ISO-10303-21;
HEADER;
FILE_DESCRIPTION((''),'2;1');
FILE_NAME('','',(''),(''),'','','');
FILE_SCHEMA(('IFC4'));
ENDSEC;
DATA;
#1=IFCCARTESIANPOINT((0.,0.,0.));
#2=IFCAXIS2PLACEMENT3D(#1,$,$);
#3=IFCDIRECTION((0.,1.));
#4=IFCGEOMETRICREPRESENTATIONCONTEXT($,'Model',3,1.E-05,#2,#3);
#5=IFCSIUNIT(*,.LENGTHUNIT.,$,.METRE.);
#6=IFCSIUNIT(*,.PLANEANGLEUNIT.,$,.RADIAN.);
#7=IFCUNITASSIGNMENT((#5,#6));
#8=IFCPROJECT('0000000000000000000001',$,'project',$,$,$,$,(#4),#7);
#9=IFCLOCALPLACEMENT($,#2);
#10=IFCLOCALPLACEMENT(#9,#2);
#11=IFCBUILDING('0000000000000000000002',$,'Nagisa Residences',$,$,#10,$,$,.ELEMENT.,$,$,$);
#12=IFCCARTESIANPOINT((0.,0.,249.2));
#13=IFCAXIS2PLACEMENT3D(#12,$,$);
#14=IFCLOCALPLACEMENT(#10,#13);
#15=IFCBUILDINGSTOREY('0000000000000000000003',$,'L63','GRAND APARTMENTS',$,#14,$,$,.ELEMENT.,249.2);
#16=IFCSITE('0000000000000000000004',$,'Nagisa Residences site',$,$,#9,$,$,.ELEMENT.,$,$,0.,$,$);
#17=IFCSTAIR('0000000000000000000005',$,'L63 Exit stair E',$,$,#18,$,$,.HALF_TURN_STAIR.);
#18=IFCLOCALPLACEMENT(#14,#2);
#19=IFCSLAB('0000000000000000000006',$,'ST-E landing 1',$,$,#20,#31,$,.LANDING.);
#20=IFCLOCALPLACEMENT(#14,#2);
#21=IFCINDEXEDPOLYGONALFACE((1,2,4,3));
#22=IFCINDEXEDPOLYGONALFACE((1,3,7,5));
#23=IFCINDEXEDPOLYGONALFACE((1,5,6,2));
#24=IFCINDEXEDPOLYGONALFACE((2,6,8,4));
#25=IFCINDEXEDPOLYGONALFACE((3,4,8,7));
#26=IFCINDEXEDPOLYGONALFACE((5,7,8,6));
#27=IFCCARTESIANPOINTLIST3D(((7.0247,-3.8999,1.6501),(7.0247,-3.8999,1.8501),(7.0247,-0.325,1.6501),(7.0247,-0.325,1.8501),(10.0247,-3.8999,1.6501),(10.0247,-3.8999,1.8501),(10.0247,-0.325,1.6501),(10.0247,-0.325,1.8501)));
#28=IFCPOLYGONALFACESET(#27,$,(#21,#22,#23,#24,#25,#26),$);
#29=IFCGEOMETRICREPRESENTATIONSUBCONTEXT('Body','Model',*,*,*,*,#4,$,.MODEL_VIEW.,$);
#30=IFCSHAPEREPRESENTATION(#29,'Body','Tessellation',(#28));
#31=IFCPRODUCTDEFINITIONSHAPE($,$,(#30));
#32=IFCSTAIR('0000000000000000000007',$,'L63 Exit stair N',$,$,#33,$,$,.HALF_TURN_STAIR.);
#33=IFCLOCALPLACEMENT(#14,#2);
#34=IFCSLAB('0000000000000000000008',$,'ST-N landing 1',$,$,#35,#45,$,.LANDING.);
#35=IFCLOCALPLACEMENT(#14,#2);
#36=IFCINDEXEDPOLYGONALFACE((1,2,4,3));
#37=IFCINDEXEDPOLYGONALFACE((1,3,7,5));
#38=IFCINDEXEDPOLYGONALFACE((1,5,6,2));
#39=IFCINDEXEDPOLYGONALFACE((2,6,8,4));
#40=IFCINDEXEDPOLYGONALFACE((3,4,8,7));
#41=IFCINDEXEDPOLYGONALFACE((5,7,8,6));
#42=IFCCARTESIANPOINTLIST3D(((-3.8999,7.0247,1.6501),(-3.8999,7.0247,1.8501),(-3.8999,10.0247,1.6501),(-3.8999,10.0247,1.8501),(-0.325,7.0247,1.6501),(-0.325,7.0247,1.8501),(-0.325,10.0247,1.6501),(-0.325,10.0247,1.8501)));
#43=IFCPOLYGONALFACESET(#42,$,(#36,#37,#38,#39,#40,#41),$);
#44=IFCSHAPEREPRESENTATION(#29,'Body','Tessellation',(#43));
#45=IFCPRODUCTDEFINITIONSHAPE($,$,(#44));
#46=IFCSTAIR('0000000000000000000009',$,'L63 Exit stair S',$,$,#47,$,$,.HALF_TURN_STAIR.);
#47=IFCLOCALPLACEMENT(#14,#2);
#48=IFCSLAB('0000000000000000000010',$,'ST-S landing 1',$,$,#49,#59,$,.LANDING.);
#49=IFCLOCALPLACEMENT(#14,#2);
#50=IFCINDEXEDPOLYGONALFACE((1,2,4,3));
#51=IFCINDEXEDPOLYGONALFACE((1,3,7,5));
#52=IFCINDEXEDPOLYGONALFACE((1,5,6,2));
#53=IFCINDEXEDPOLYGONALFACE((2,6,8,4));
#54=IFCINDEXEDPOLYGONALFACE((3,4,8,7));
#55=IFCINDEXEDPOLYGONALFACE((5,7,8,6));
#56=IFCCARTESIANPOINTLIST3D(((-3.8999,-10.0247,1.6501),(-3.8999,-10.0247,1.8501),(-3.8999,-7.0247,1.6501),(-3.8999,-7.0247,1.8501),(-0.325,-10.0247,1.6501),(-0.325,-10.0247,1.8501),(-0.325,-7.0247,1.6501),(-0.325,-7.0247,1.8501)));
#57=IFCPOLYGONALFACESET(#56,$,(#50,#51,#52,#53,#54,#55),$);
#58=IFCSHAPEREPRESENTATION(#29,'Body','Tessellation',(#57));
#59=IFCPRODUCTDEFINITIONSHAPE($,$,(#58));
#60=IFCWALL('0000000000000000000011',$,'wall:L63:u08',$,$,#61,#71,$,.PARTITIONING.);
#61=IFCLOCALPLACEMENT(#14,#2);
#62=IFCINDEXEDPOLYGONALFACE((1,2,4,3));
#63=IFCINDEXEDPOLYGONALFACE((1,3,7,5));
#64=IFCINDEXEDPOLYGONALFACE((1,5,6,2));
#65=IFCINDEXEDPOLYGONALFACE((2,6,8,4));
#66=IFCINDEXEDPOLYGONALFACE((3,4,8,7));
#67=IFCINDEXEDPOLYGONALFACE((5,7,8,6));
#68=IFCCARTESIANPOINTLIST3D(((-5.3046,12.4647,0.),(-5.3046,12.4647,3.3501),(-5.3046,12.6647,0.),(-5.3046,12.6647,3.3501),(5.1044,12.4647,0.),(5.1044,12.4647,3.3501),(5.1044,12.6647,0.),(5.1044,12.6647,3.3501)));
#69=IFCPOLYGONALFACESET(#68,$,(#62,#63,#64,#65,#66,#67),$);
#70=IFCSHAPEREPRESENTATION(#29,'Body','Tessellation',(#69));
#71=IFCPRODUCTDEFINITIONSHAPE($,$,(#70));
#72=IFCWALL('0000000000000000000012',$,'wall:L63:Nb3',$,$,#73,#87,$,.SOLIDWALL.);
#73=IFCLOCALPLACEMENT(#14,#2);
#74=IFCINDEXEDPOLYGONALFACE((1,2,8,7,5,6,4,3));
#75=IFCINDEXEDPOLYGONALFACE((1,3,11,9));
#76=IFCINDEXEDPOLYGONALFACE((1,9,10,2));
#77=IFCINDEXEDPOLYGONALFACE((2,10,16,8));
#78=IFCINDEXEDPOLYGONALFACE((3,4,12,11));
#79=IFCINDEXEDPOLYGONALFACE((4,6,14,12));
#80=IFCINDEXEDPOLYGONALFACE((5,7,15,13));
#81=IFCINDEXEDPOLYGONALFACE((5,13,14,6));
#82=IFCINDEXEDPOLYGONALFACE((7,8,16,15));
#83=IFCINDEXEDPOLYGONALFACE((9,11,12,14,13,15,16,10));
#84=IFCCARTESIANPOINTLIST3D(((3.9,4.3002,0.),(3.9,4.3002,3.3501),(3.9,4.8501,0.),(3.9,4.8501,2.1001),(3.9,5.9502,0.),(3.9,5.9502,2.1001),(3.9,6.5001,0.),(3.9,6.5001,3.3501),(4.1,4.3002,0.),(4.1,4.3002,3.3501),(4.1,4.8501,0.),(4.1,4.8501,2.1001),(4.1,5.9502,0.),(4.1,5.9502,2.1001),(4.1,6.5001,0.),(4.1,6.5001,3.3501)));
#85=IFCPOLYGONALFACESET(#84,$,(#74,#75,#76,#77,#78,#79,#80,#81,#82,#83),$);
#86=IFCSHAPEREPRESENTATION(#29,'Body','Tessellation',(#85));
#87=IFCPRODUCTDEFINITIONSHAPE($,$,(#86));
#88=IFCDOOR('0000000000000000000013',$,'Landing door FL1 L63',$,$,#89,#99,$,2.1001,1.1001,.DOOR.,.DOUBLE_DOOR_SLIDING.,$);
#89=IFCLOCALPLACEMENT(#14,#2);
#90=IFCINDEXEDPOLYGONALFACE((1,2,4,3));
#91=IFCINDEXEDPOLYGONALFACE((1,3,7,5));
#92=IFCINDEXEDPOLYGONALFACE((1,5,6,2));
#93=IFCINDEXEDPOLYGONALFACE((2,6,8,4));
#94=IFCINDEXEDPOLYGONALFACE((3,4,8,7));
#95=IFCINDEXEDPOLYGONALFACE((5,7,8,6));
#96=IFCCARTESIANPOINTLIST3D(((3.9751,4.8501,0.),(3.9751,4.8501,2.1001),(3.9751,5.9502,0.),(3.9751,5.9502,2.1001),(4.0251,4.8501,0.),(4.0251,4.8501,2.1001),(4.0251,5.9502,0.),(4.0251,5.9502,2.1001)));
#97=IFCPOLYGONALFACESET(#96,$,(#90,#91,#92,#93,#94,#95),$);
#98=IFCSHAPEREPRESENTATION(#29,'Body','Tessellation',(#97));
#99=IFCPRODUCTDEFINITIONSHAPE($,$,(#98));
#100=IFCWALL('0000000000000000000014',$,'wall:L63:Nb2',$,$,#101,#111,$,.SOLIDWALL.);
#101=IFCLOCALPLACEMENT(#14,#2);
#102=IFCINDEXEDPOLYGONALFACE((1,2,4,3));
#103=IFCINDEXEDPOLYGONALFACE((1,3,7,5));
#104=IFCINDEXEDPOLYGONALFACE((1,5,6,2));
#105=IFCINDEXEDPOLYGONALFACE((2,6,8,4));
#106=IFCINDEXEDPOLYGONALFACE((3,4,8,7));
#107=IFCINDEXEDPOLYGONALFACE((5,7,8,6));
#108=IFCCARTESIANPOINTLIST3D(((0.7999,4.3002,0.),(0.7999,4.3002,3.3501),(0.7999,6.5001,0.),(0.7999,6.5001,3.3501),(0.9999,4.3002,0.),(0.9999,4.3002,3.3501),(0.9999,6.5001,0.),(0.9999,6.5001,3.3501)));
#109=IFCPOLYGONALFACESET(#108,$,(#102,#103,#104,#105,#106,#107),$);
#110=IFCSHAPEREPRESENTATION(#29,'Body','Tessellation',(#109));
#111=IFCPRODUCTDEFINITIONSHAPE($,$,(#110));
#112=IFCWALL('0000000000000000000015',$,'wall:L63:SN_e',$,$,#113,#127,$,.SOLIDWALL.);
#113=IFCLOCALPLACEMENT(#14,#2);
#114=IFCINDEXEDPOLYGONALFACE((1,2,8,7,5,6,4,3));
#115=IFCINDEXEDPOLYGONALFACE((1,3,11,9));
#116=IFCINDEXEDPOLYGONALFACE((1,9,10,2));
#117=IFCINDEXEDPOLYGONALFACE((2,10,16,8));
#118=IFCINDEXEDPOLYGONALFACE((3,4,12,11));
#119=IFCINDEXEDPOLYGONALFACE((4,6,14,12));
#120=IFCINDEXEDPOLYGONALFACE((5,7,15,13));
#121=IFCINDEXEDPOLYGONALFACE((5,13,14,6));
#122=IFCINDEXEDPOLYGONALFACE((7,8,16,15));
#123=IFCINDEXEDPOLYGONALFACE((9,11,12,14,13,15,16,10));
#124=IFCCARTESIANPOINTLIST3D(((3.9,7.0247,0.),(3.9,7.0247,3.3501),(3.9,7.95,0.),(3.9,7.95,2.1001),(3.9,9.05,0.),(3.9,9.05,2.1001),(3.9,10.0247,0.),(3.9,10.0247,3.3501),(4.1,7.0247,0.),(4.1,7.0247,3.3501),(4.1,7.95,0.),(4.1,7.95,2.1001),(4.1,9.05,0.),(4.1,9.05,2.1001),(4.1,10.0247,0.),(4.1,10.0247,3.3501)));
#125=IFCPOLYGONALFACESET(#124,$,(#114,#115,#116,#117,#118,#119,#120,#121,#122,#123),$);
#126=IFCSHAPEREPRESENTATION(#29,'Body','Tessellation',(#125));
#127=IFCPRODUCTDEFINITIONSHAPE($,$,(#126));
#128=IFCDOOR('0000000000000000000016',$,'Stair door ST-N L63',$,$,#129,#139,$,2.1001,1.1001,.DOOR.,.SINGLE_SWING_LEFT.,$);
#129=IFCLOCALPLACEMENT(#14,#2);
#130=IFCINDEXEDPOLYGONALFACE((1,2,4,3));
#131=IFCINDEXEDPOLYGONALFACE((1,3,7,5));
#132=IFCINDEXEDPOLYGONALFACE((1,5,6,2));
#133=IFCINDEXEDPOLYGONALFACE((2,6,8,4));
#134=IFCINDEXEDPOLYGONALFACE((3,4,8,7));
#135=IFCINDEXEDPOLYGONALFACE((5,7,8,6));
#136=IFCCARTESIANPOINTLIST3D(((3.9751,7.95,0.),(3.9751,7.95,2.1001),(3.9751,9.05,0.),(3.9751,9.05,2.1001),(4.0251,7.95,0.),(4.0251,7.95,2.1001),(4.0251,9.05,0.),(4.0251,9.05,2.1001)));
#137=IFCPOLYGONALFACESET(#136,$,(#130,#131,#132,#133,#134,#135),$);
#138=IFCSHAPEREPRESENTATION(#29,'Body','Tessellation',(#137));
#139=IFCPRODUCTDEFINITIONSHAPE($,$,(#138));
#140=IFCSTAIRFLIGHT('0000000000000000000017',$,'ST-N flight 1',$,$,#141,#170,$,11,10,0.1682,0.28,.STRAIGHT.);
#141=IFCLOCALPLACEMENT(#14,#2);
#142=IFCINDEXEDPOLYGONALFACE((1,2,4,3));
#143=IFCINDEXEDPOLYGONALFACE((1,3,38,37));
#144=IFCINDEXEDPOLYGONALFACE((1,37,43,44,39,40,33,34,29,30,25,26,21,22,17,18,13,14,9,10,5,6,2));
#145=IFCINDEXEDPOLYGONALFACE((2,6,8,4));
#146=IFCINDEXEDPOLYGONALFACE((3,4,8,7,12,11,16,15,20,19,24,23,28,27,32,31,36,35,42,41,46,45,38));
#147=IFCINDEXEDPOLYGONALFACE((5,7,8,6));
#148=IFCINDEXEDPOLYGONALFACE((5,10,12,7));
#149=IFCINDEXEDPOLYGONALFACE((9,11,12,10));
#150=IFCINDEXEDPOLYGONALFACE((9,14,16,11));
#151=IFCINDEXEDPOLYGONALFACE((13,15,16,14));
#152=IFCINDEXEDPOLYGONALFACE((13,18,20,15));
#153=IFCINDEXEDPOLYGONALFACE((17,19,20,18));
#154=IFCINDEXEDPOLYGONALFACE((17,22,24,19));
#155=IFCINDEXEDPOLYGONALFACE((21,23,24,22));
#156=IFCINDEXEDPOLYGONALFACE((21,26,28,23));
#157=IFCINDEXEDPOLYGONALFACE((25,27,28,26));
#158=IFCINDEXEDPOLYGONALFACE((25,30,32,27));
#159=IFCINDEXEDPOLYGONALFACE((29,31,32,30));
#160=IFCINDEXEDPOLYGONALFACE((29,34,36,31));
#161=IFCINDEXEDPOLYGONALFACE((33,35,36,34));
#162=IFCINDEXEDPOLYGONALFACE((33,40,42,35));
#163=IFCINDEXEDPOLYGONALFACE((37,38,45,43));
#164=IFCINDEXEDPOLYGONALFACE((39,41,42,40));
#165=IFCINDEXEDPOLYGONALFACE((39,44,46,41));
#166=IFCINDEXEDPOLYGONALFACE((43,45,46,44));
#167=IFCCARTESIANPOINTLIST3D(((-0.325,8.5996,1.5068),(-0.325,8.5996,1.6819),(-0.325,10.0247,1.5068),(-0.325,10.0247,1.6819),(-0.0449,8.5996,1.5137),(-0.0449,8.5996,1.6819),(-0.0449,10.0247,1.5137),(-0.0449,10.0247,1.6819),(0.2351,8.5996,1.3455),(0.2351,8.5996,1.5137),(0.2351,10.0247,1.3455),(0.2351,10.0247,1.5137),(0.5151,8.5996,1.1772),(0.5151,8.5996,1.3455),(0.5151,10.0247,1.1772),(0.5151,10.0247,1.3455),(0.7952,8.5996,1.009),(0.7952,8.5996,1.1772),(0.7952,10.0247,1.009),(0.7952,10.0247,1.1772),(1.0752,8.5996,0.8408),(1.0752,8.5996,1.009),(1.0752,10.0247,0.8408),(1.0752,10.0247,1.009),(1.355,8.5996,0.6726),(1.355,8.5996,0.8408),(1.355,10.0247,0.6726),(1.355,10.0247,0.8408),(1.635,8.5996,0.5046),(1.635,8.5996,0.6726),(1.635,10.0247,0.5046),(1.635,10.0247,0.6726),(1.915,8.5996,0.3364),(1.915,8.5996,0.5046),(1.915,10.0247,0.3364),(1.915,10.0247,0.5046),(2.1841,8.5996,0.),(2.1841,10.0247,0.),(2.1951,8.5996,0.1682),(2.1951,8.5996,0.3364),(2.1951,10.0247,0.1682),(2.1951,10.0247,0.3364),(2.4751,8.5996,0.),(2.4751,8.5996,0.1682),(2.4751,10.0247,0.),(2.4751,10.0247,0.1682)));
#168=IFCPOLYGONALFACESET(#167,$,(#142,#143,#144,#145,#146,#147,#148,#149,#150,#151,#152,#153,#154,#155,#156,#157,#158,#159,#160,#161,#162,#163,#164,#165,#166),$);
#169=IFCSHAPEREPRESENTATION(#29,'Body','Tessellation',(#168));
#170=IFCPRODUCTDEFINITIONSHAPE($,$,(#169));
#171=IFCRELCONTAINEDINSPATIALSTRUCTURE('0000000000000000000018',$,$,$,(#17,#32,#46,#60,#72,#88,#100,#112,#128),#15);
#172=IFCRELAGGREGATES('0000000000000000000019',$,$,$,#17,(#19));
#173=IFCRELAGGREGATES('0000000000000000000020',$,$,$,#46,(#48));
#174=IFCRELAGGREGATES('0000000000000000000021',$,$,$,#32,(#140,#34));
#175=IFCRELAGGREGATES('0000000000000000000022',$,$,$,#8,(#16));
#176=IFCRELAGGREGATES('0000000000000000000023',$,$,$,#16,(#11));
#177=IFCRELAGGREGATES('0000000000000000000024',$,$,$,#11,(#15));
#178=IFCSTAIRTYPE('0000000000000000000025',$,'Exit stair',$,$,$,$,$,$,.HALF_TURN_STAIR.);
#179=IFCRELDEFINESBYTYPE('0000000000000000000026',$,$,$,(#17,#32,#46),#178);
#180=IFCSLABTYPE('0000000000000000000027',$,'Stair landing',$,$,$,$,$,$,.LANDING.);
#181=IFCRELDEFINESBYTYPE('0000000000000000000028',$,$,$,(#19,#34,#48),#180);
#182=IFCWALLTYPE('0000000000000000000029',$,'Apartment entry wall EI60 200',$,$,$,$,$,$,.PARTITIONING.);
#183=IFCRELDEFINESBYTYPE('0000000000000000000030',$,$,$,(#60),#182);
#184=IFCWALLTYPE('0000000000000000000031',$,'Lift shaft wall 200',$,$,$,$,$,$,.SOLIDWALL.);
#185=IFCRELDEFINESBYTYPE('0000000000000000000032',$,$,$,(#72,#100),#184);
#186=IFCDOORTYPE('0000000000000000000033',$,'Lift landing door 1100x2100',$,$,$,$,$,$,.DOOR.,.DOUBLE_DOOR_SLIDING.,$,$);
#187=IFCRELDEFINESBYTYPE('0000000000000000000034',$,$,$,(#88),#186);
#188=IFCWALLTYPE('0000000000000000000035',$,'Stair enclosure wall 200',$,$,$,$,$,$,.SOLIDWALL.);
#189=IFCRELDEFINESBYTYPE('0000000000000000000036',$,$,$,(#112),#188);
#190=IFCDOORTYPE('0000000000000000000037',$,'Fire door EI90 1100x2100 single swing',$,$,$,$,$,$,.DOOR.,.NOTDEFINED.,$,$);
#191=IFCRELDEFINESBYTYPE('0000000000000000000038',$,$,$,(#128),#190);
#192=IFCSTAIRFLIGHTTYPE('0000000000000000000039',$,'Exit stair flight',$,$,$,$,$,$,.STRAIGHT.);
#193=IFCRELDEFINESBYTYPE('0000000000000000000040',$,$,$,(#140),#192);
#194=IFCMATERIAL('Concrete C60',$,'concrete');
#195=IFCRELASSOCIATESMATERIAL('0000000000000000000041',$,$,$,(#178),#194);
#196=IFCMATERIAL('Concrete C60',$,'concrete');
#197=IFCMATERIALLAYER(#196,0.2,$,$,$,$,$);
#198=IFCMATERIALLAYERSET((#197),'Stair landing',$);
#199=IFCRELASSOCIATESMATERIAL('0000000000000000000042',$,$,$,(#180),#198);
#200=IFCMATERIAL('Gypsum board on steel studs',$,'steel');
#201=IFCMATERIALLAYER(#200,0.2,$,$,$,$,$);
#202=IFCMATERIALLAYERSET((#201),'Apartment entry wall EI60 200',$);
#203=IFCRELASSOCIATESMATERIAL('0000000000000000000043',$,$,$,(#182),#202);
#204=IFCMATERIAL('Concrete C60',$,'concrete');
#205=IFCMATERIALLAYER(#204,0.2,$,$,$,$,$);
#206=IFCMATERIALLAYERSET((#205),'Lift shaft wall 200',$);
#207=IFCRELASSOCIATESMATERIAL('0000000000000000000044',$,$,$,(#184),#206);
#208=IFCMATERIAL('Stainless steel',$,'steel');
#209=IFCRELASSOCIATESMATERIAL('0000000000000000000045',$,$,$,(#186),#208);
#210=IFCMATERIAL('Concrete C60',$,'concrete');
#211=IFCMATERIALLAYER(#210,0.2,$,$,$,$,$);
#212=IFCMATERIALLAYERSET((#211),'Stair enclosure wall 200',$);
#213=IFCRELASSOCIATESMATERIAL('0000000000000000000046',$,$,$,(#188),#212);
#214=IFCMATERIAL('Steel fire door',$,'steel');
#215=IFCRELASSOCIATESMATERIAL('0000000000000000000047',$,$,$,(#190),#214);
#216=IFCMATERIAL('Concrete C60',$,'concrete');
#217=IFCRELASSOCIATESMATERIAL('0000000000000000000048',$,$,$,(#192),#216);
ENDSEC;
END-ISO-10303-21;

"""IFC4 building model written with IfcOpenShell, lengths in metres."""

from ifc_helpers import new_model, si_unit, direction, frame, frame_2d, origin, place, context, subcontext, project, spatial, polyline, rectangle, outline, extrude, material, layer, layer_set, type_object, element, fill, aggregate, save


model = new_model("IFC4")

# Units and contexts
model_context = context("Model", 3, precision=1e-05, world=origin(), true_north=direction((0.0, 1.0)))
body_context = subcontext(model_context, "Body", "Model", "MODEL_VIEW")
ifc_project = project(units=[si_unit("LENGTHUNIT", "METRE"), si_unit("PLANEANGLEUNIT", "RADIAN")], contexts=[model_context])

# Site, building, storey
site_placement = place(None, origin())
site = spatial("IfcSite", under=ifc_project, at=site_placement, Name="Nagisa Residences site", CompositionType="ELEMENT", RefElevation=0.0)
building_placement = place(site_placement, origin())
building = spatial("IfcBuilding", under=site, at=building_placement, Name="Nagisa Residences", CompositionType="ELEMENT")
storey_placement = place(building_placement, frame((0.0, 0.0, 249.2)))
storey = spatial("IfcBuildingStorey", under=building, at=storey_placement, Name="L63", Description="GRAND APARTMENTS", CompositionType="ELEMENT", Elevation=249.2)

# Stairs, slabs
ifc_material_1 = material(Name="Concrete C60", Category="concrete")
stair_type = type_object("IfcStairType", Name="Exit stair", PredefinedType="HALF_TURN_STAIR", material=ifc_material_1)
stair_1_placement = place(storey_placement, origin())
stair_1 = element("IfcStair", 1, at=stair_1_placement, inside=storey, type_object=stair_type, Name="L63 Exit stair E", PredefinedType="HALF_TURN_STAIR")
ifc_material_2 = material(Name="Concrete C60", Category="concrete")
ifc_layer_1 = layer(ifc_material_2, 0.2)
ifc_layer_set_1 = layer_set([ifc_layer_1], Name="Stair landing")
slab_type = type_object("IfcSlabType", Name="Stair landing", PredefinedType="LANDING", material=ifc_layer_set_1)
slab_1_placement = place(storey_placement, frame((0.0, 0.0, 1.6501)))
slab_1 = element("IfcSlab", 2, at=slab_1_placement, type_object=slab_type, Name="ST-E landing 1", PredefinedType="LANDING", context=body_context, shape_type="SweptSolid", body=[
    extrude(outline(polyline([(7.0247, -0.325), (7.0247, -3.8999), (10.0247, -3.8999), (10.0247, -0.325), (7.0247, -0.325)])), origin(), (0.0, 0.0, 1.0), 0.2),
])
aggregate(stair_1, [slab_1])
stair_2_placement = place(storey_placement, origin())
stair_2 = element("IfcStair", 3, at=stair_2_placement, inside=storey, type_object=stair_type, Name="L63 Exit stair N", PredefinedType="HALF_TURN_STAIR")
slab_2_placement = place(storey_placement, frame((0.0, 0.0, 1.6501)))
slab_2 = element("IfcSlab", 4, at=slab_2_placement, type_object=slab_type, Name="ST-N landing 1", PredefinedType="LANDING", context=body_context, shape_type="SweptSolid", body=[
    extrude(outline(polyline([(-0.325, 10.0247), (-3.8999, 10.0247), (-3.8999, 7.0247), (-0.325, 7.0247), (-0.325, 10.0247)])), origin(), (0.0, 0.0, 1.0), 0.2),
])
stair_3_placement = place(storey_placement, origin())
stair_3 = element("IfcStair", 5, at=stair_3_placement, inside=storey, type_object=stair_type, Name="L63 Exit stair S", PredefinedType="HALF_TURN_STAIR")
slab_3_placement = place(storey_placement, frame((0.0, 0.0, 1.6501)))
slab_3 = element("IfcSlab", 6, at=slab_3_placement, type_object=slab_type, Name="ST-S landing 1", PredefinedType="LANDING", context=body_context, shape_type="SweptSolid", body=[
    extrude(outline(polyline([(-0.325, -7.0247), (-3.8999, -7.0247), (-3.8999, -10.0247), (-0.325, -10.0247), (-0.325, -7.0247)])), origin(), (0.0, 0.0, 1.0), 0.2),
])
aggregate(stair_3, [slab_3])

# Wall
ifc_material_3 = material(Name="Gypsum board on steel studs", Category="steel")
ifc_layer_2 = layer(ifc_material_3, 0.2)
ifc_layer_set_2 = layer_set([ifc_layer_2], Name="Apartment entry wall EI60 200")
wall_type_1 = type_object("IfcWallType", Name="Apartment entry wall EI60 200", PredefinedType="PARTITIONING", material=ifc_layer_set_2)
wall_1_placement = place(storey_placement, frame((5.1045, 12.5647, 0.0), z_axis=(0.0, 0.0, 1.0), x_axis=(-1.0, 0.0, 0.0)))
element("IfcWall", 7, at=wall_1_placement, inside=storey, type_object=wall_type_1, Name="wall:L63:u08", PredefinedType="PARTITIONING", context=body_context, shape_type="SweptSolid", body=[
    extrude(rectangle(XDim=10.4089, YDim=0.2, at=frame_2d((5.2046, 0.0))), origin(), (0.0, 0.0, 1.0), 3.3501),
])

# Wall, opening, door
ifc_material_4 = material(Name="Concrete C60", Category="concrete")
ifc_layer_3 = layer(ifc_material_4, 0.2)
ifc_layer_set_3 = layer_set([ifc_layer_3], Name="Lift shaft wall 200")
wall_type_2 = type_object("IfcWallType", Name="Lift shaft wall 200", PredefinedType="SOLIDWALL", material=ifc_layer_set_3)
wall_2_placement = place(storey_placement, frame((4.0, 4.3, 0.0), z_axis=(0.0, 0.0, 1.0), x_axis=(0.0, 1.0, 0.0)))
wall_2 = element("IfcWall", 8, at=wall_2_placement, inside=storey, type_object=wall_type_2, Name="wall:L63:Nb3", PredefinedType="SOLIDWALL", context=body_context, shape_type="SweptSolid", body=[
    extrude(rectangle(XDim=2.2, YDim=0.2, at=frame_2d((1.1001, 0.0))), origin(), (0.0, 0.0, 1.0), 3.3501),
])
opening_1_placement = place(wall_2_placement, frame((0.55, 0.0, 0.0)))
opening_1 = element("IfcOpeningElement", 9, at=opening_1_placement, cuts=wall_2, PredefinedType="OPENING", context=body_context, shape_type="SweptSolid", body=[
    extrude(rectangle(XDim=1.1001, YDim=2.1001, at=frame_2d((0.55, 1.05))), frame((0.0, 0.1099, 0.0), z_axis=(0.0, -1.0, 0.0), x_axis=(1.0, 0.0, 0.0)), (0.0, 0.0, 1.0), 0.22),
])
ifc_material_5 = material(Name="Stainless steel", Category="steel")
door_type_1 = type_object("IfcDoorType", Name="Lift landing door 1100x2100", OperationType="DOUBLE_DOOR_SLIDING", PredefinedType="DOOR", material=ifc_material_5)
door_1_placement = place(opening_1_placement, origin())
door_1 = element("IfcDoor", 10, at=door_1_placement, inside=storey, type_object=door_type_1, Name="Landing door FL1 L63", OperationType="DOUBLE_DOOR_SLIDING", OverallHeight=2.1001, OverallWidth=1.1001, PredefinedType="DOOR", context=body_context, shape_type="SweptSolid", body=[
    extrude(rectangle(XDim=1.1001, YDim=2.1001, at=frame_2d((0.55, 1.05))), frame((0.0, 0.0249, 0.0), z_axis=(0.0, -1.0, 0.0), x_axis=(1.0, 0.0, 0.0)), (0.0, 0.0, 1.0), 0.05),
])
fill(opening_1, door_1)

# Wall
wall_3_placement = place(storey_placement, frame((0.8999, 4.3, 0.0), z_axis=(0.0, 0.0, 1.0), x_axis=(0.0, 1.0, 0.0)))
element("IfcWall", 11, at=wall_3_placement, inside=storey, type_object=wall_type_2, Name="wall:L63:Nb2", PredefinedType="SOLIDWALL", context=body_context, shape_type="SweptSolid", body=[
    extrude(rectangle(XDim=2.2, YDim=0.2, at=frame_2d((1.1001, 0.0))), origin(), (0.0, 0.0, 1.0), 3.3501),
])

# Wall, opening, door
ifc_material_6 = material(Name="Concrete C60", Category="concrete")
ifc_layer_4 = layer(ifc_material_6, 0.2)
ifc_layer_set_4 = layer_set([ifc_layer_4], Name="Stair enclosure wall 200")
wall_type_3 = type_object("IfcWallType", Name="Stair enclosure wall 200", PredefinedType="SOLIDWALL", material=ifc_layer_set_4)
wall_4_placement = place(storey_placement, frame((4.0, 7.0247, 0.0), z_axis=(0.0, 0.0, 1.0), x_axis=(0.0, 1.0, 0.0)))
wall_4 = element("IfcWall", 12, at=wall_4_placement, inside=storey, type_object=wall_type_3, Name="wall:L63:SN_e", PredefinedType="SOLIDWALL", context=body_context, shape_type="SweptSolid", body=[
    extrude(rectangle(XDim=3.0, YDim=0.2, at=frame_2d((1.5, 0.0))), origin(), (0.0, 0.0, 1.0), 3.3501),
])
opening_2_placement = place(wall_4_placement, frame((0.9253, 0.0, 0.0)))
opening_2 = element("IfcOpeningElement", 13, at=opening_2_placement, cuts=wall_4, PredefinedType="OPENING", context=body_context, shape_type="SweptSolid", body=[
    extrude(rectangle(XDim=1.1001, YDim=2.1001, at=frame_2d((0.55, 1.05))), frame((0.0, 0.1099, 0.0), z_axis=(0.0, -1.0, 0.0), x_axis=(1.0, 0.0, 0.0)), (0.0, 0.0, 1.0), 0.22),
])
ifc_material_7 = material(Name="Steel fire door", Category="steel")
door_type_2 = type_object("IfcDoorType", Name="Fire door EI90 1100x2100 single swing", OperationType="NOTDEFINED", PredefinedType="DOOR", material=ifc_material_7)
door_2_placement = place(opening_2_placement, origin())
door_2 = element("IfcDoor", 14, at=door_2_placement, inside=storey, type_object=door_type_2, Name="Stair door ST-N L63", OperationType="SINGLE_SWING_LEFT", OverallHeight=2.1001, OverallWidth=1.1001, PredefinedType="DOOR", context=body_context, shape_type="SweptSolid", body=[
    extrude(rectangle(XDim=1.1001, YDim=2.1001, at=frame_2d((0.55, 1.05))), frame((0.0, 0.0249, 0.0), z_axis=(0.0, -1.0, 0.0), x_axis=(1.0, 0.0, 0.0)), (0.0, 0.0, 1.0), 0.05),
])
fill(opening_2, door_2)

# Stair flight
ifc_material_8 = material(Name="Concrete C60", Category="concrete")
stair_flight_type = type_object("IfcStairFlightType", Name="Exit stair flight", PredefinedType="STRAIGHT", material=ifc_material_8)
stair_flight_1_placement = place(storey_placement, frame((2.4751, 9.312, 0.0), z_axis=(0.0, 0.0, 1.0), x_axis=(-1.0, 0.0, 0.0)))
stair_flight_1 = element("IfcStairFlight", 15, at=stair_flight_1_placement, type_object=stair_flight_type, Name="ST-N flight 1", NumberOfRisers=11, NumberOfTreads=10, PredefinedType="STRAIGHT", RiserHeight=0.1682, TreadLength=0.28, context=body_context, shape_type="SweptSolid", body=[
    extrude(outline(polyline([(0.0, 0.0), (0.0, 0.1682), (0.28, 0.1682), (0.28, 0.3364), (0.5601, 0.3364), (0.5601, 0.5046), (0.8401, 0.5046), (0.8401, 0.6726), (1.1201, 0.6726), (1.1201, 0.8408), (1.3999, 0.8408), (1.3999, 1.009), (1.6799, 1.009), (1.6799, 1.1772), (1.96, 1.1772), (1.96, 1.3455), (2.24, 1.3455), (2.24, 1.5137), (2.52, 1.5137), (2.52, 1.6819), (2.8, 1.6819), (2.8, 1.8501), (2.8, 1.5068), (0.291, 0.0), (0.0, 0.0)])), frame((0.0, 0.7124, 0.0), z_axis=(0.0, -1.0, 0.0), x_axis=(1.0, 0.0, 0.0)), (0.0, 0.0, 1.0), 1.425),
])
aggregate(stair_2, [stair_flight_1, slab_2])

save(model, "model.ifc")
